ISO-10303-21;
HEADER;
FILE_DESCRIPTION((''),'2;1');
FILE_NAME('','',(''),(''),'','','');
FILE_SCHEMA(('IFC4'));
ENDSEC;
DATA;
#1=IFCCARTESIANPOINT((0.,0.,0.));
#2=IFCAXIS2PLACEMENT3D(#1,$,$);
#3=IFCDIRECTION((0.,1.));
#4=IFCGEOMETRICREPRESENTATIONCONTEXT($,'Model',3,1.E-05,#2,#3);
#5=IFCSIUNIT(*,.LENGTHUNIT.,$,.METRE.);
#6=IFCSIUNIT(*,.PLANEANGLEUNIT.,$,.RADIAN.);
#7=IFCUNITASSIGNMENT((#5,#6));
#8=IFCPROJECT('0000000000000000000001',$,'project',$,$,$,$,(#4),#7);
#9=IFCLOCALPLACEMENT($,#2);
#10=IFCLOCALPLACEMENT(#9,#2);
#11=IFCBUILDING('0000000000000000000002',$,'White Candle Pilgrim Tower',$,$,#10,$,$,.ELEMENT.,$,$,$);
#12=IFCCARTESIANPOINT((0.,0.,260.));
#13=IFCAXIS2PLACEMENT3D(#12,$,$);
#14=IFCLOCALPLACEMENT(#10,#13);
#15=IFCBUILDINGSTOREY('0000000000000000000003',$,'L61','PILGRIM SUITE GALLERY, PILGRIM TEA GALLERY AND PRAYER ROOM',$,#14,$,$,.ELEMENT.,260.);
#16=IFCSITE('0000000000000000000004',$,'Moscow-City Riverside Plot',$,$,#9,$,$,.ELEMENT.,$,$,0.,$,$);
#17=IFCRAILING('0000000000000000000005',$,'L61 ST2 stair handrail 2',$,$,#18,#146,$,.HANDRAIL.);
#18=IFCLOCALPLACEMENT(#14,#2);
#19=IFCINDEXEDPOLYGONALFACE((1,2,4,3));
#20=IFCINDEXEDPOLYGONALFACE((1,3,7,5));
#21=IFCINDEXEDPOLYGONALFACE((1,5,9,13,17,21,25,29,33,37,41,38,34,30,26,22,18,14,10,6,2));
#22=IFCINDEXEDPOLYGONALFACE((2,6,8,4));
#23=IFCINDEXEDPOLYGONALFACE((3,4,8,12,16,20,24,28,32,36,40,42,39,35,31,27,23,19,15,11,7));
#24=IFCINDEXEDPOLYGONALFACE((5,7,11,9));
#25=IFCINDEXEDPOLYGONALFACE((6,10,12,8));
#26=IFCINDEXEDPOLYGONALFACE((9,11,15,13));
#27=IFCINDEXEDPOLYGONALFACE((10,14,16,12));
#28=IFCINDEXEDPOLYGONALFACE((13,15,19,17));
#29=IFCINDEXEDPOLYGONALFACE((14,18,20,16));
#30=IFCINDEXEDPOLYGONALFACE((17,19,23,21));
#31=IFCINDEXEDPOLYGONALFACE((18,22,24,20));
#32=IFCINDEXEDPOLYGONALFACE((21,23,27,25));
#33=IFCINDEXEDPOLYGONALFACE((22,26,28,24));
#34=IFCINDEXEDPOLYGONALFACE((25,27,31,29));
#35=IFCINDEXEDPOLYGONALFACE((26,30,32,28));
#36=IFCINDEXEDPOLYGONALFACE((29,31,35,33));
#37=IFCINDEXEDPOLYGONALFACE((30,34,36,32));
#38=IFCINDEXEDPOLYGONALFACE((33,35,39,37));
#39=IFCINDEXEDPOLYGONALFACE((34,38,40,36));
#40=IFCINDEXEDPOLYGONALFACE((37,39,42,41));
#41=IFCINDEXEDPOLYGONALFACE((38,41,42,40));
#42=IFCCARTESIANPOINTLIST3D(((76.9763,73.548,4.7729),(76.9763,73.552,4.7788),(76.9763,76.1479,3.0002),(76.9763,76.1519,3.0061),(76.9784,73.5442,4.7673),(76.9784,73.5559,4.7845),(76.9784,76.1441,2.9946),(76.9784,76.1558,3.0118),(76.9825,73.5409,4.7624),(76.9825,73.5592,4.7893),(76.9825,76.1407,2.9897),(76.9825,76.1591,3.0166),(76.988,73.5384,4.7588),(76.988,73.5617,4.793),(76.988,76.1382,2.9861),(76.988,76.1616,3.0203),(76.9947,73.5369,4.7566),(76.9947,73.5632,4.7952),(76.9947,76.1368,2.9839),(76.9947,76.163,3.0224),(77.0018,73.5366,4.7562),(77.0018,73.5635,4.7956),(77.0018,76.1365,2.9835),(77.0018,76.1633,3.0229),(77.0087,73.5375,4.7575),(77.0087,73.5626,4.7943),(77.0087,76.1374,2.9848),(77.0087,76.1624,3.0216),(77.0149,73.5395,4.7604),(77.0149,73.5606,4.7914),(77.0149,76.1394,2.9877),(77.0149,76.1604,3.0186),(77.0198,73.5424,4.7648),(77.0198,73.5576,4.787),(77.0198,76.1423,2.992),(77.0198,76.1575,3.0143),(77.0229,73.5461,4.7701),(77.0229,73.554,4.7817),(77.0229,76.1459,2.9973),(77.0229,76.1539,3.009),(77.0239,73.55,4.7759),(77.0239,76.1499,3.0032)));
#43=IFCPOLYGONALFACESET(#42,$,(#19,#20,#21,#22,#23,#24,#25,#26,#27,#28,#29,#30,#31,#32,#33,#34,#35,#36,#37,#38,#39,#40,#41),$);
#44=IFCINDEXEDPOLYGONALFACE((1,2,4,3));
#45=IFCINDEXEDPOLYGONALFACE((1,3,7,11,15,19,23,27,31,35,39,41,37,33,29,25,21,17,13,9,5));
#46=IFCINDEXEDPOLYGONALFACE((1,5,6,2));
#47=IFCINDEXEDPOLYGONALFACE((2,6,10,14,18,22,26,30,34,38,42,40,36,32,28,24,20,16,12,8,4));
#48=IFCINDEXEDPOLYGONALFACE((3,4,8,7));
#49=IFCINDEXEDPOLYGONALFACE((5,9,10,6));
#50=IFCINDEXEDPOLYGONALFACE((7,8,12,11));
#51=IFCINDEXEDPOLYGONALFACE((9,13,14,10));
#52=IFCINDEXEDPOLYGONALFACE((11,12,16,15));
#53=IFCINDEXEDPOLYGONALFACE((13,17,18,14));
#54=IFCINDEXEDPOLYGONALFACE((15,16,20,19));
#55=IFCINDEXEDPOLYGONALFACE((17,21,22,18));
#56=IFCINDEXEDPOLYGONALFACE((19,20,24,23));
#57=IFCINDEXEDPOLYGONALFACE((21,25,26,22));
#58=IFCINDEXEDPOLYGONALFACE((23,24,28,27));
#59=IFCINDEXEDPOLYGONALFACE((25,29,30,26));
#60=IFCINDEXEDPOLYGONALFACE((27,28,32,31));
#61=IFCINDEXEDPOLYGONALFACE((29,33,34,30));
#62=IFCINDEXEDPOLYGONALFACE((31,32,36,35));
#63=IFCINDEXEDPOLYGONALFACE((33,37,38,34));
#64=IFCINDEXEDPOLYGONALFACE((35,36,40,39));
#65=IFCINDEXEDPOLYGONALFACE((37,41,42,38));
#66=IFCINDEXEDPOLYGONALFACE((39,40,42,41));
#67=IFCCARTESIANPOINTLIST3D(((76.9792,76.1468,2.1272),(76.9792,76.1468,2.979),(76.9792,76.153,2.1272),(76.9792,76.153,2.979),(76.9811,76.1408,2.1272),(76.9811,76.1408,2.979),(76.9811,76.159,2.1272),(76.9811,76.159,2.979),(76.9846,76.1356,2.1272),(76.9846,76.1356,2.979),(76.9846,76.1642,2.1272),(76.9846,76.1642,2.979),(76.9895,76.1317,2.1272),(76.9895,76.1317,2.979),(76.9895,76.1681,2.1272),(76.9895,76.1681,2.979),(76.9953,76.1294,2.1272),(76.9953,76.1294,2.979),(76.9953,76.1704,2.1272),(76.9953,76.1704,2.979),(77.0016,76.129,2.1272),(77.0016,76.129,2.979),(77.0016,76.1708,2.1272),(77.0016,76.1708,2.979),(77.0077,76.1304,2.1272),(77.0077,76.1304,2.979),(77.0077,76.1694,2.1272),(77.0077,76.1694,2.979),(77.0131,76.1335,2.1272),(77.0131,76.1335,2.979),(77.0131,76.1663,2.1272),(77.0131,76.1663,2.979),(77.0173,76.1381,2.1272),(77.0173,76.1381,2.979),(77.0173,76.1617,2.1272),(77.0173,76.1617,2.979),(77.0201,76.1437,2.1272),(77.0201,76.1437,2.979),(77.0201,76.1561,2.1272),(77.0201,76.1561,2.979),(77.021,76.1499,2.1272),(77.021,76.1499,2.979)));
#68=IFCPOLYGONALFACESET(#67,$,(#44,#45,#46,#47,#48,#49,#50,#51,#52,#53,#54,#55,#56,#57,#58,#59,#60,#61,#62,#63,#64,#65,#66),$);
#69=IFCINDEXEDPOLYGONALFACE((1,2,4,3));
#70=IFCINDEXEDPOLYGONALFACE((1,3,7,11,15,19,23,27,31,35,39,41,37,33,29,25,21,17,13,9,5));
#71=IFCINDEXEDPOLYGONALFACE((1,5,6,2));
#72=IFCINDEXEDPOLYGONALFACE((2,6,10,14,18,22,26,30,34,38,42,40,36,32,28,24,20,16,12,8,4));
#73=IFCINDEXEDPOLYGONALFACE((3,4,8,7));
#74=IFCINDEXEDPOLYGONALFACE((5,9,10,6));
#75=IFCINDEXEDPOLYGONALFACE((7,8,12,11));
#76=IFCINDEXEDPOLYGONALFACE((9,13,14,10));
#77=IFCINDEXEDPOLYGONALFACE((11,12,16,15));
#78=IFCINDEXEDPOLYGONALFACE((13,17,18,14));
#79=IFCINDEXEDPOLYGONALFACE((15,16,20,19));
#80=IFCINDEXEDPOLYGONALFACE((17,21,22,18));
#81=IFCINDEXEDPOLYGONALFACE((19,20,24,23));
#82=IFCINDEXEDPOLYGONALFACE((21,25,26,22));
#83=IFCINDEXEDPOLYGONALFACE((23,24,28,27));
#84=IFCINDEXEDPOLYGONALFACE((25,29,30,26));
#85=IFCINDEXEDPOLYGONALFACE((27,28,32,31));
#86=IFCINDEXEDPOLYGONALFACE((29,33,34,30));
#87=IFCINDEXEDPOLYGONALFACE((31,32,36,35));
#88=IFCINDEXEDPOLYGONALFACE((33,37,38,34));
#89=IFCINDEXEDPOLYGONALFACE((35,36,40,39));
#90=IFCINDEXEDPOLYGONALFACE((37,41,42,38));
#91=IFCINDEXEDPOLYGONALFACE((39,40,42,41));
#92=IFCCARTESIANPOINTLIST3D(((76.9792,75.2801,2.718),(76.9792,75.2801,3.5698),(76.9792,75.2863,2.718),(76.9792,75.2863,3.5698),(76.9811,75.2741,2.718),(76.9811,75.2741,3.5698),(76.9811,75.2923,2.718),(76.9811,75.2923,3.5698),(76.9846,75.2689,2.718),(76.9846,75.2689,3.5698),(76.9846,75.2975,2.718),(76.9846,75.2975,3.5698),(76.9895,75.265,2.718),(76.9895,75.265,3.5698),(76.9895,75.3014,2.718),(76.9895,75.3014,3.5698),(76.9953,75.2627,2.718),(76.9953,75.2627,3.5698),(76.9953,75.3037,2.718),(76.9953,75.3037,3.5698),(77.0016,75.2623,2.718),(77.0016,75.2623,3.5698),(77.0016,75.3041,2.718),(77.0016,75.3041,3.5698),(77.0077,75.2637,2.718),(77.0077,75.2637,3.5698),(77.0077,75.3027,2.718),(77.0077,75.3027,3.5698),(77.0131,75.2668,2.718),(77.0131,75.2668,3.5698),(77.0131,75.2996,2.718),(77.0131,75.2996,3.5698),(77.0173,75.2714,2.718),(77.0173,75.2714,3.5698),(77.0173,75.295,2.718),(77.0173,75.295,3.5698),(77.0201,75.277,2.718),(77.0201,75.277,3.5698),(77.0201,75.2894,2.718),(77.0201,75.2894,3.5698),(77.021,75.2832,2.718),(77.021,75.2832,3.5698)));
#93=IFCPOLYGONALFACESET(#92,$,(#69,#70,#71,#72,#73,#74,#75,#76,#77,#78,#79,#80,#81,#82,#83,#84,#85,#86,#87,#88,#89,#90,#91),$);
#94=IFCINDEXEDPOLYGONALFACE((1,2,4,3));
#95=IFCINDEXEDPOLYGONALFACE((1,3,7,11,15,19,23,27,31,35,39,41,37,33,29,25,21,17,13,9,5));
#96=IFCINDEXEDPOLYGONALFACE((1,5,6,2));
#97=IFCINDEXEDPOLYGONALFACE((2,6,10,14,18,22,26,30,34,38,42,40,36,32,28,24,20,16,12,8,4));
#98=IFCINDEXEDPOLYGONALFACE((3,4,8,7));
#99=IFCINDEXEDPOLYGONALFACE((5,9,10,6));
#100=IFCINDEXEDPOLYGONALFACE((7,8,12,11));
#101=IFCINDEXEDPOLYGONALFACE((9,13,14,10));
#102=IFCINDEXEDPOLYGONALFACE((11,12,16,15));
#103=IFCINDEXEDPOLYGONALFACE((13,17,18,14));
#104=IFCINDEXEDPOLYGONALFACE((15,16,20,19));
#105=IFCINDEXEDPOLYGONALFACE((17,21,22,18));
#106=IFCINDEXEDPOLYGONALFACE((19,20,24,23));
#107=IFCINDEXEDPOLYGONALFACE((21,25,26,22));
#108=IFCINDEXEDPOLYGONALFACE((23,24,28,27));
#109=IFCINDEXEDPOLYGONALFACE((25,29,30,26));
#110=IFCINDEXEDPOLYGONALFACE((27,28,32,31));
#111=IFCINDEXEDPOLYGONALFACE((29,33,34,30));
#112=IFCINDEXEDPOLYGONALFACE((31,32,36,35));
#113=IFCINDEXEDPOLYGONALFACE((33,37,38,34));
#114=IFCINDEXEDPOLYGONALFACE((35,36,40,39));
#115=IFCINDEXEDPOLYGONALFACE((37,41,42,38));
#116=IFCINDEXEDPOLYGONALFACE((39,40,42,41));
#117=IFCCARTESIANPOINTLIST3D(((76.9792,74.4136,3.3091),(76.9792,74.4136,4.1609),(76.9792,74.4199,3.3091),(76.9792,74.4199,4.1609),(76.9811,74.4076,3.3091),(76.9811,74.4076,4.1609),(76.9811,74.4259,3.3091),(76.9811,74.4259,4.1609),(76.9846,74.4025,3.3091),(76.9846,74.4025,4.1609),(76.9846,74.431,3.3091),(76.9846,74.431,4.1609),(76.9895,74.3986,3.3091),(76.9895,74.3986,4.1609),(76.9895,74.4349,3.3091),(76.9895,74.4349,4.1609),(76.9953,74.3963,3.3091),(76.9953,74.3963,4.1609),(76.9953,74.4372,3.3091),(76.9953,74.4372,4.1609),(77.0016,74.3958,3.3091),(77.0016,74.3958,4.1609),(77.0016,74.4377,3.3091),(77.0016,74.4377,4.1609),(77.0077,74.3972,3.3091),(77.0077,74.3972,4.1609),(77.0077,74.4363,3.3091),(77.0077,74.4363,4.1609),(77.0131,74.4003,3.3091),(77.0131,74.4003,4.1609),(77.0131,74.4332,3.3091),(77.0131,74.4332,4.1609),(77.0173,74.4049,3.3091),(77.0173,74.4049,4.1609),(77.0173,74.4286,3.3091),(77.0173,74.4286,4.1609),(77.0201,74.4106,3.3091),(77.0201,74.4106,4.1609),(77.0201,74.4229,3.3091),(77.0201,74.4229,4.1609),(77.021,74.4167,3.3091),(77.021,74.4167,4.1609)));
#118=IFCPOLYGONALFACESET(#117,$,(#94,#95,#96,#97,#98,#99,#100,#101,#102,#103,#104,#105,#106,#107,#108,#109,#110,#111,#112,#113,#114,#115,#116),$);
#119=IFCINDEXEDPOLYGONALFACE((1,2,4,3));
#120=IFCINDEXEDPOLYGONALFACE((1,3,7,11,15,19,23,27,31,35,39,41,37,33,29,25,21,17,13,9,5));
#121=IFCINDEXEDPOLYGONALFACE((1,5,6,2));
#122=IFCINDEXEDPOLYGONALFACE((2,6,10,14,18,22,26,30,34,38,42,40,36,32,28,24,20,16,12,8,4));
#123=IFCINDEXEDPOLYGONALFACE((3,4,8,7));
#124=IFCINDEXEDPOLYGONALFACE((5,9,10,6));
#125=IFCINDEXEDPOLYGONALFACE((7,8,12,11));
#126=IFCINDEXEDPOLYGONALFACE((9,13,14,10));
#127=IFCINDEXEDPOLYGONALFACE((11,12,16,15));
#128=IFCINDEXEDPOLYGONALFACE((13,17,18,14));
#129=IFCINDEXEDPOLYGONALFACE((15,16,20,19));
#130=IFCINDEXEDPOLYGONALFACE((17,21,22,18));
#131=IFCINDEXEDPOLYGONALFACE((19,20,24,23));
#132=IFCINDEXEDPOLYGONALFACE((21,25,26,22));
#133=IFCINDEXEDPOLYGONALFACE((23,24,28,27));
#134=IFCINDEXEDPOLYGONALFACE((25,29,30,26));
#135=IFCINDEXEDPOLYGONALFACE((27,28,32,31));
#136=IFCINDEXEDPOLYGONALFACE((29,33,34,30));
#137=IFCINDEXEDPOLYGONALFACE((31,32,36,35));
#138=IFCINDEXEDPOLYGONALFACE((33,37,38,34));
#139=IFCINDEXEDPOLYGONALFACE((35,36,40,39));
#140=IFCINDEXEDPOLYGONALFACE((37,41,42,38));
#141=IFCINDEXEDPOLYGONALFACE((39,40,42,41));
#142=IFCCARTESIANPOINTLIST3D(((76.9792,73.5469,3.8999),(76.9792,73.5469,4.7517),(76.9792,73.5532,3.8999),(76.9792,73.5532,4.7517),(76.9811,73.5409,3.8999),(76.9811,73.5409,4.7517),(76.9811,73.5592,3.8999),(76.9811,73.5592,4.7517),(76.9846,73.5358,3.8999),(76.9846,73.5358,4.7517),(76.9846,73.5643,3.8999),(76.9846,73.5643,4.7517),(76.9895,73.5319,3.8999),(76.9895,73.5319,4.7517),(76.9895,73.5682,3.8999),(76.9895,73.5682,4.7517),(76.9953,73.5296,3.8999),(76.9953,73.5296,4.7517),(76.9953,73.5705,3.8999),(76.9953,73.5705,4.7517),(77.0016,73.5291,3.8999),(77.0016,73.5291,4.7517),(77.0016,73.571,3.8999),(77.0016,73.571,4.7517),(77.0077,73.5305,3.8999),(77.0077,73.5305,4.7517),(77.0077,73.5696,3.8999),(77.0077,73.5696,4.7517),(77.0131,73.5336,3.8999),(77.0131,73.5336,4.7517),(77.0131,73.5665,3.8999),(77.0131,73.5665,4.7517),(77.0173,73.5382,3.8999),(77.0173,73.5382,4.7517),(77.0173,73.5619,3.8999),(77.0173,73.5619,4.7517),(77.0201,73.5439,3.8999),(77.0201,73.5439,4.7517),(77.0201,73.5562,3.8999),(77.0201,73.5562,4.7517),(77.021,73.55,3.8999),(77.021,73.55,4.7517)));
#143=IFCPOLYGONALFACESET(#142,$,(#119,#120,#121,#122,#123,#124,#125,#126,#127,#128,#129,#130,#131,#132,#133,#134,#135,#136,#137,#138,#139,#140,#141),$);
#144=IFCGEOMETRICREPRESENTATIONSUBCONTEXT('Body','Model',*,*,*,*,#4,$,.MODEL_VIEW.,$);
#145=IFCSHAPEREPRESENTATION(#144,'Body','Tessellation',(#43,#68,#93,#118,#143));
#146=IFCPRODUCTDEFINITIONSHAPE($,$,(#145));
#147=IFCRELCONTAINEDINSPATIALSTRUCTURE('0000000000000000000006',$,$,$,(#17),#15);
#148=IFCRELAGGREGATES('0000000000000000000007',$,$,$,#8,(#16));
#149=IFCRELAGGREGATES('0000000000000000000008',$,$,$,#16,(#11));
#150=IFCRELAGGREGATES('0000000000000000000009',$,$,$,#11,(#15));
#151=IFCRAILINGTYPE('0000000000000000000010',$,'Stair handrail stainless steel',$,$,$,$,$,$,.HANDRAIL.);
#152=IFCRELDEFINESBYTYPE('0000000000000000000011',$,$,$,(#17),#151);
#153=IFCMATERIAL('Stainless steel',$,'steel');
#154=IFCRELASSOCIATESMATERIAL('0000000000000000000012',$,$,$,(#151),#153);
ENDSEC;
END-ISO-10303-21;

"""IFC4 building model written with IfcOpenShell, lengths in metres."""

from ifc_helpers import new_model, si_unit, direction, frame, origin, origin_2d, place, context, subcontext, project, spatial, circle, extrude, material, type_object, element, save


model = new_model("IFC4")

# Units and contexts
model_context = context("Model", 3, precision=1e-05, world=origin(), true_north=direction((0.0, 1.0)))
body_context = subcontext(model_context, "Body", "Model", "MODEL_VIEW")
ifc_project = project(units=[si_unit("LENGTHUNIT", "METRE"), si_unit("PLANEANGLEUNIT", "RADIAN")], contexts=[model_context])

# Site, building, storey
site_placement = place(None, origin())
site = spatial("IfcSite", under=ifc_project, at=site_placement, Name="Moscow-City Riverside Plot", CompositionType="ELEMENT", RefElevation=0.0)
building_placement = place(site_placement, origin())
building = spatial("IfcBuilding", under=site, at=building_placement, Name="White Candle Pilgrim Tower", CompositionType="ELEMENT")
storey_placement = place(building_placement, frame((0.0, 0.0, 260.0)))
storey = spatial("IfcBuildingStorey", under=building, at=storey_placement, Name="L61", Description="PILGRIM SUITE GALLERY, PILGRIM TEA GALLERY AND PRAYER ROOM", CompositionType="ELEMENT", Elevation=260.0)

# Railing
ifc_material_1 = material(Name="Stainless steel", Category="steel")
railing_type_1 = type_object("IfcRailingType", Name="Stair handrail stainless steel", PredefinedType="HANDRAIL", material=ifc_material_1)
railing_1_placement = place(storey_placement, frame((77.0, 76.1499, 2.1272)))
element("IfcRailing", 1, at=railing_1_placement, inside=storey, type_object=railing_type_1, Name="L61 ST2 stair handrail 2", PredefinedType="HANDRAIL", context=body_context, shape_type="SweptSolid", body=[
    extrude(circle(Radius=0.0239, at=origin_2d()), frame((0.0, 0.0, 0.876), z_axis=(0.0, -0.826216, 0.563354), x_axis=(1.0, 0.0, 0.0)), (0.0, 0.0, 1.0), 3.1467),
    extrude(circle(Radius=0.021, at=origin_2d()), origin(), (0.0, 0.0, 1.0), 0.8518),
    extrude(circle(Radius=0.021, at=origin_2d()), frame((0.0, -0.8667, 0.5908)), (0.0, 0.0, 1.0), 0.8518),
    extrude(circle(Radius=0.021, at=origin_2d()), frame((0.0, -1.7332, 1.1819)), (0.0, 0.0, 1.0), 0.8518),
    extrude(circle(Radius=0.021, at=origin_2d()), frame((0.0, -2.5999, 1.7727)), (0.0, 0.0, 1.0), 0.8518),
])

save(model, "model.ifc")
